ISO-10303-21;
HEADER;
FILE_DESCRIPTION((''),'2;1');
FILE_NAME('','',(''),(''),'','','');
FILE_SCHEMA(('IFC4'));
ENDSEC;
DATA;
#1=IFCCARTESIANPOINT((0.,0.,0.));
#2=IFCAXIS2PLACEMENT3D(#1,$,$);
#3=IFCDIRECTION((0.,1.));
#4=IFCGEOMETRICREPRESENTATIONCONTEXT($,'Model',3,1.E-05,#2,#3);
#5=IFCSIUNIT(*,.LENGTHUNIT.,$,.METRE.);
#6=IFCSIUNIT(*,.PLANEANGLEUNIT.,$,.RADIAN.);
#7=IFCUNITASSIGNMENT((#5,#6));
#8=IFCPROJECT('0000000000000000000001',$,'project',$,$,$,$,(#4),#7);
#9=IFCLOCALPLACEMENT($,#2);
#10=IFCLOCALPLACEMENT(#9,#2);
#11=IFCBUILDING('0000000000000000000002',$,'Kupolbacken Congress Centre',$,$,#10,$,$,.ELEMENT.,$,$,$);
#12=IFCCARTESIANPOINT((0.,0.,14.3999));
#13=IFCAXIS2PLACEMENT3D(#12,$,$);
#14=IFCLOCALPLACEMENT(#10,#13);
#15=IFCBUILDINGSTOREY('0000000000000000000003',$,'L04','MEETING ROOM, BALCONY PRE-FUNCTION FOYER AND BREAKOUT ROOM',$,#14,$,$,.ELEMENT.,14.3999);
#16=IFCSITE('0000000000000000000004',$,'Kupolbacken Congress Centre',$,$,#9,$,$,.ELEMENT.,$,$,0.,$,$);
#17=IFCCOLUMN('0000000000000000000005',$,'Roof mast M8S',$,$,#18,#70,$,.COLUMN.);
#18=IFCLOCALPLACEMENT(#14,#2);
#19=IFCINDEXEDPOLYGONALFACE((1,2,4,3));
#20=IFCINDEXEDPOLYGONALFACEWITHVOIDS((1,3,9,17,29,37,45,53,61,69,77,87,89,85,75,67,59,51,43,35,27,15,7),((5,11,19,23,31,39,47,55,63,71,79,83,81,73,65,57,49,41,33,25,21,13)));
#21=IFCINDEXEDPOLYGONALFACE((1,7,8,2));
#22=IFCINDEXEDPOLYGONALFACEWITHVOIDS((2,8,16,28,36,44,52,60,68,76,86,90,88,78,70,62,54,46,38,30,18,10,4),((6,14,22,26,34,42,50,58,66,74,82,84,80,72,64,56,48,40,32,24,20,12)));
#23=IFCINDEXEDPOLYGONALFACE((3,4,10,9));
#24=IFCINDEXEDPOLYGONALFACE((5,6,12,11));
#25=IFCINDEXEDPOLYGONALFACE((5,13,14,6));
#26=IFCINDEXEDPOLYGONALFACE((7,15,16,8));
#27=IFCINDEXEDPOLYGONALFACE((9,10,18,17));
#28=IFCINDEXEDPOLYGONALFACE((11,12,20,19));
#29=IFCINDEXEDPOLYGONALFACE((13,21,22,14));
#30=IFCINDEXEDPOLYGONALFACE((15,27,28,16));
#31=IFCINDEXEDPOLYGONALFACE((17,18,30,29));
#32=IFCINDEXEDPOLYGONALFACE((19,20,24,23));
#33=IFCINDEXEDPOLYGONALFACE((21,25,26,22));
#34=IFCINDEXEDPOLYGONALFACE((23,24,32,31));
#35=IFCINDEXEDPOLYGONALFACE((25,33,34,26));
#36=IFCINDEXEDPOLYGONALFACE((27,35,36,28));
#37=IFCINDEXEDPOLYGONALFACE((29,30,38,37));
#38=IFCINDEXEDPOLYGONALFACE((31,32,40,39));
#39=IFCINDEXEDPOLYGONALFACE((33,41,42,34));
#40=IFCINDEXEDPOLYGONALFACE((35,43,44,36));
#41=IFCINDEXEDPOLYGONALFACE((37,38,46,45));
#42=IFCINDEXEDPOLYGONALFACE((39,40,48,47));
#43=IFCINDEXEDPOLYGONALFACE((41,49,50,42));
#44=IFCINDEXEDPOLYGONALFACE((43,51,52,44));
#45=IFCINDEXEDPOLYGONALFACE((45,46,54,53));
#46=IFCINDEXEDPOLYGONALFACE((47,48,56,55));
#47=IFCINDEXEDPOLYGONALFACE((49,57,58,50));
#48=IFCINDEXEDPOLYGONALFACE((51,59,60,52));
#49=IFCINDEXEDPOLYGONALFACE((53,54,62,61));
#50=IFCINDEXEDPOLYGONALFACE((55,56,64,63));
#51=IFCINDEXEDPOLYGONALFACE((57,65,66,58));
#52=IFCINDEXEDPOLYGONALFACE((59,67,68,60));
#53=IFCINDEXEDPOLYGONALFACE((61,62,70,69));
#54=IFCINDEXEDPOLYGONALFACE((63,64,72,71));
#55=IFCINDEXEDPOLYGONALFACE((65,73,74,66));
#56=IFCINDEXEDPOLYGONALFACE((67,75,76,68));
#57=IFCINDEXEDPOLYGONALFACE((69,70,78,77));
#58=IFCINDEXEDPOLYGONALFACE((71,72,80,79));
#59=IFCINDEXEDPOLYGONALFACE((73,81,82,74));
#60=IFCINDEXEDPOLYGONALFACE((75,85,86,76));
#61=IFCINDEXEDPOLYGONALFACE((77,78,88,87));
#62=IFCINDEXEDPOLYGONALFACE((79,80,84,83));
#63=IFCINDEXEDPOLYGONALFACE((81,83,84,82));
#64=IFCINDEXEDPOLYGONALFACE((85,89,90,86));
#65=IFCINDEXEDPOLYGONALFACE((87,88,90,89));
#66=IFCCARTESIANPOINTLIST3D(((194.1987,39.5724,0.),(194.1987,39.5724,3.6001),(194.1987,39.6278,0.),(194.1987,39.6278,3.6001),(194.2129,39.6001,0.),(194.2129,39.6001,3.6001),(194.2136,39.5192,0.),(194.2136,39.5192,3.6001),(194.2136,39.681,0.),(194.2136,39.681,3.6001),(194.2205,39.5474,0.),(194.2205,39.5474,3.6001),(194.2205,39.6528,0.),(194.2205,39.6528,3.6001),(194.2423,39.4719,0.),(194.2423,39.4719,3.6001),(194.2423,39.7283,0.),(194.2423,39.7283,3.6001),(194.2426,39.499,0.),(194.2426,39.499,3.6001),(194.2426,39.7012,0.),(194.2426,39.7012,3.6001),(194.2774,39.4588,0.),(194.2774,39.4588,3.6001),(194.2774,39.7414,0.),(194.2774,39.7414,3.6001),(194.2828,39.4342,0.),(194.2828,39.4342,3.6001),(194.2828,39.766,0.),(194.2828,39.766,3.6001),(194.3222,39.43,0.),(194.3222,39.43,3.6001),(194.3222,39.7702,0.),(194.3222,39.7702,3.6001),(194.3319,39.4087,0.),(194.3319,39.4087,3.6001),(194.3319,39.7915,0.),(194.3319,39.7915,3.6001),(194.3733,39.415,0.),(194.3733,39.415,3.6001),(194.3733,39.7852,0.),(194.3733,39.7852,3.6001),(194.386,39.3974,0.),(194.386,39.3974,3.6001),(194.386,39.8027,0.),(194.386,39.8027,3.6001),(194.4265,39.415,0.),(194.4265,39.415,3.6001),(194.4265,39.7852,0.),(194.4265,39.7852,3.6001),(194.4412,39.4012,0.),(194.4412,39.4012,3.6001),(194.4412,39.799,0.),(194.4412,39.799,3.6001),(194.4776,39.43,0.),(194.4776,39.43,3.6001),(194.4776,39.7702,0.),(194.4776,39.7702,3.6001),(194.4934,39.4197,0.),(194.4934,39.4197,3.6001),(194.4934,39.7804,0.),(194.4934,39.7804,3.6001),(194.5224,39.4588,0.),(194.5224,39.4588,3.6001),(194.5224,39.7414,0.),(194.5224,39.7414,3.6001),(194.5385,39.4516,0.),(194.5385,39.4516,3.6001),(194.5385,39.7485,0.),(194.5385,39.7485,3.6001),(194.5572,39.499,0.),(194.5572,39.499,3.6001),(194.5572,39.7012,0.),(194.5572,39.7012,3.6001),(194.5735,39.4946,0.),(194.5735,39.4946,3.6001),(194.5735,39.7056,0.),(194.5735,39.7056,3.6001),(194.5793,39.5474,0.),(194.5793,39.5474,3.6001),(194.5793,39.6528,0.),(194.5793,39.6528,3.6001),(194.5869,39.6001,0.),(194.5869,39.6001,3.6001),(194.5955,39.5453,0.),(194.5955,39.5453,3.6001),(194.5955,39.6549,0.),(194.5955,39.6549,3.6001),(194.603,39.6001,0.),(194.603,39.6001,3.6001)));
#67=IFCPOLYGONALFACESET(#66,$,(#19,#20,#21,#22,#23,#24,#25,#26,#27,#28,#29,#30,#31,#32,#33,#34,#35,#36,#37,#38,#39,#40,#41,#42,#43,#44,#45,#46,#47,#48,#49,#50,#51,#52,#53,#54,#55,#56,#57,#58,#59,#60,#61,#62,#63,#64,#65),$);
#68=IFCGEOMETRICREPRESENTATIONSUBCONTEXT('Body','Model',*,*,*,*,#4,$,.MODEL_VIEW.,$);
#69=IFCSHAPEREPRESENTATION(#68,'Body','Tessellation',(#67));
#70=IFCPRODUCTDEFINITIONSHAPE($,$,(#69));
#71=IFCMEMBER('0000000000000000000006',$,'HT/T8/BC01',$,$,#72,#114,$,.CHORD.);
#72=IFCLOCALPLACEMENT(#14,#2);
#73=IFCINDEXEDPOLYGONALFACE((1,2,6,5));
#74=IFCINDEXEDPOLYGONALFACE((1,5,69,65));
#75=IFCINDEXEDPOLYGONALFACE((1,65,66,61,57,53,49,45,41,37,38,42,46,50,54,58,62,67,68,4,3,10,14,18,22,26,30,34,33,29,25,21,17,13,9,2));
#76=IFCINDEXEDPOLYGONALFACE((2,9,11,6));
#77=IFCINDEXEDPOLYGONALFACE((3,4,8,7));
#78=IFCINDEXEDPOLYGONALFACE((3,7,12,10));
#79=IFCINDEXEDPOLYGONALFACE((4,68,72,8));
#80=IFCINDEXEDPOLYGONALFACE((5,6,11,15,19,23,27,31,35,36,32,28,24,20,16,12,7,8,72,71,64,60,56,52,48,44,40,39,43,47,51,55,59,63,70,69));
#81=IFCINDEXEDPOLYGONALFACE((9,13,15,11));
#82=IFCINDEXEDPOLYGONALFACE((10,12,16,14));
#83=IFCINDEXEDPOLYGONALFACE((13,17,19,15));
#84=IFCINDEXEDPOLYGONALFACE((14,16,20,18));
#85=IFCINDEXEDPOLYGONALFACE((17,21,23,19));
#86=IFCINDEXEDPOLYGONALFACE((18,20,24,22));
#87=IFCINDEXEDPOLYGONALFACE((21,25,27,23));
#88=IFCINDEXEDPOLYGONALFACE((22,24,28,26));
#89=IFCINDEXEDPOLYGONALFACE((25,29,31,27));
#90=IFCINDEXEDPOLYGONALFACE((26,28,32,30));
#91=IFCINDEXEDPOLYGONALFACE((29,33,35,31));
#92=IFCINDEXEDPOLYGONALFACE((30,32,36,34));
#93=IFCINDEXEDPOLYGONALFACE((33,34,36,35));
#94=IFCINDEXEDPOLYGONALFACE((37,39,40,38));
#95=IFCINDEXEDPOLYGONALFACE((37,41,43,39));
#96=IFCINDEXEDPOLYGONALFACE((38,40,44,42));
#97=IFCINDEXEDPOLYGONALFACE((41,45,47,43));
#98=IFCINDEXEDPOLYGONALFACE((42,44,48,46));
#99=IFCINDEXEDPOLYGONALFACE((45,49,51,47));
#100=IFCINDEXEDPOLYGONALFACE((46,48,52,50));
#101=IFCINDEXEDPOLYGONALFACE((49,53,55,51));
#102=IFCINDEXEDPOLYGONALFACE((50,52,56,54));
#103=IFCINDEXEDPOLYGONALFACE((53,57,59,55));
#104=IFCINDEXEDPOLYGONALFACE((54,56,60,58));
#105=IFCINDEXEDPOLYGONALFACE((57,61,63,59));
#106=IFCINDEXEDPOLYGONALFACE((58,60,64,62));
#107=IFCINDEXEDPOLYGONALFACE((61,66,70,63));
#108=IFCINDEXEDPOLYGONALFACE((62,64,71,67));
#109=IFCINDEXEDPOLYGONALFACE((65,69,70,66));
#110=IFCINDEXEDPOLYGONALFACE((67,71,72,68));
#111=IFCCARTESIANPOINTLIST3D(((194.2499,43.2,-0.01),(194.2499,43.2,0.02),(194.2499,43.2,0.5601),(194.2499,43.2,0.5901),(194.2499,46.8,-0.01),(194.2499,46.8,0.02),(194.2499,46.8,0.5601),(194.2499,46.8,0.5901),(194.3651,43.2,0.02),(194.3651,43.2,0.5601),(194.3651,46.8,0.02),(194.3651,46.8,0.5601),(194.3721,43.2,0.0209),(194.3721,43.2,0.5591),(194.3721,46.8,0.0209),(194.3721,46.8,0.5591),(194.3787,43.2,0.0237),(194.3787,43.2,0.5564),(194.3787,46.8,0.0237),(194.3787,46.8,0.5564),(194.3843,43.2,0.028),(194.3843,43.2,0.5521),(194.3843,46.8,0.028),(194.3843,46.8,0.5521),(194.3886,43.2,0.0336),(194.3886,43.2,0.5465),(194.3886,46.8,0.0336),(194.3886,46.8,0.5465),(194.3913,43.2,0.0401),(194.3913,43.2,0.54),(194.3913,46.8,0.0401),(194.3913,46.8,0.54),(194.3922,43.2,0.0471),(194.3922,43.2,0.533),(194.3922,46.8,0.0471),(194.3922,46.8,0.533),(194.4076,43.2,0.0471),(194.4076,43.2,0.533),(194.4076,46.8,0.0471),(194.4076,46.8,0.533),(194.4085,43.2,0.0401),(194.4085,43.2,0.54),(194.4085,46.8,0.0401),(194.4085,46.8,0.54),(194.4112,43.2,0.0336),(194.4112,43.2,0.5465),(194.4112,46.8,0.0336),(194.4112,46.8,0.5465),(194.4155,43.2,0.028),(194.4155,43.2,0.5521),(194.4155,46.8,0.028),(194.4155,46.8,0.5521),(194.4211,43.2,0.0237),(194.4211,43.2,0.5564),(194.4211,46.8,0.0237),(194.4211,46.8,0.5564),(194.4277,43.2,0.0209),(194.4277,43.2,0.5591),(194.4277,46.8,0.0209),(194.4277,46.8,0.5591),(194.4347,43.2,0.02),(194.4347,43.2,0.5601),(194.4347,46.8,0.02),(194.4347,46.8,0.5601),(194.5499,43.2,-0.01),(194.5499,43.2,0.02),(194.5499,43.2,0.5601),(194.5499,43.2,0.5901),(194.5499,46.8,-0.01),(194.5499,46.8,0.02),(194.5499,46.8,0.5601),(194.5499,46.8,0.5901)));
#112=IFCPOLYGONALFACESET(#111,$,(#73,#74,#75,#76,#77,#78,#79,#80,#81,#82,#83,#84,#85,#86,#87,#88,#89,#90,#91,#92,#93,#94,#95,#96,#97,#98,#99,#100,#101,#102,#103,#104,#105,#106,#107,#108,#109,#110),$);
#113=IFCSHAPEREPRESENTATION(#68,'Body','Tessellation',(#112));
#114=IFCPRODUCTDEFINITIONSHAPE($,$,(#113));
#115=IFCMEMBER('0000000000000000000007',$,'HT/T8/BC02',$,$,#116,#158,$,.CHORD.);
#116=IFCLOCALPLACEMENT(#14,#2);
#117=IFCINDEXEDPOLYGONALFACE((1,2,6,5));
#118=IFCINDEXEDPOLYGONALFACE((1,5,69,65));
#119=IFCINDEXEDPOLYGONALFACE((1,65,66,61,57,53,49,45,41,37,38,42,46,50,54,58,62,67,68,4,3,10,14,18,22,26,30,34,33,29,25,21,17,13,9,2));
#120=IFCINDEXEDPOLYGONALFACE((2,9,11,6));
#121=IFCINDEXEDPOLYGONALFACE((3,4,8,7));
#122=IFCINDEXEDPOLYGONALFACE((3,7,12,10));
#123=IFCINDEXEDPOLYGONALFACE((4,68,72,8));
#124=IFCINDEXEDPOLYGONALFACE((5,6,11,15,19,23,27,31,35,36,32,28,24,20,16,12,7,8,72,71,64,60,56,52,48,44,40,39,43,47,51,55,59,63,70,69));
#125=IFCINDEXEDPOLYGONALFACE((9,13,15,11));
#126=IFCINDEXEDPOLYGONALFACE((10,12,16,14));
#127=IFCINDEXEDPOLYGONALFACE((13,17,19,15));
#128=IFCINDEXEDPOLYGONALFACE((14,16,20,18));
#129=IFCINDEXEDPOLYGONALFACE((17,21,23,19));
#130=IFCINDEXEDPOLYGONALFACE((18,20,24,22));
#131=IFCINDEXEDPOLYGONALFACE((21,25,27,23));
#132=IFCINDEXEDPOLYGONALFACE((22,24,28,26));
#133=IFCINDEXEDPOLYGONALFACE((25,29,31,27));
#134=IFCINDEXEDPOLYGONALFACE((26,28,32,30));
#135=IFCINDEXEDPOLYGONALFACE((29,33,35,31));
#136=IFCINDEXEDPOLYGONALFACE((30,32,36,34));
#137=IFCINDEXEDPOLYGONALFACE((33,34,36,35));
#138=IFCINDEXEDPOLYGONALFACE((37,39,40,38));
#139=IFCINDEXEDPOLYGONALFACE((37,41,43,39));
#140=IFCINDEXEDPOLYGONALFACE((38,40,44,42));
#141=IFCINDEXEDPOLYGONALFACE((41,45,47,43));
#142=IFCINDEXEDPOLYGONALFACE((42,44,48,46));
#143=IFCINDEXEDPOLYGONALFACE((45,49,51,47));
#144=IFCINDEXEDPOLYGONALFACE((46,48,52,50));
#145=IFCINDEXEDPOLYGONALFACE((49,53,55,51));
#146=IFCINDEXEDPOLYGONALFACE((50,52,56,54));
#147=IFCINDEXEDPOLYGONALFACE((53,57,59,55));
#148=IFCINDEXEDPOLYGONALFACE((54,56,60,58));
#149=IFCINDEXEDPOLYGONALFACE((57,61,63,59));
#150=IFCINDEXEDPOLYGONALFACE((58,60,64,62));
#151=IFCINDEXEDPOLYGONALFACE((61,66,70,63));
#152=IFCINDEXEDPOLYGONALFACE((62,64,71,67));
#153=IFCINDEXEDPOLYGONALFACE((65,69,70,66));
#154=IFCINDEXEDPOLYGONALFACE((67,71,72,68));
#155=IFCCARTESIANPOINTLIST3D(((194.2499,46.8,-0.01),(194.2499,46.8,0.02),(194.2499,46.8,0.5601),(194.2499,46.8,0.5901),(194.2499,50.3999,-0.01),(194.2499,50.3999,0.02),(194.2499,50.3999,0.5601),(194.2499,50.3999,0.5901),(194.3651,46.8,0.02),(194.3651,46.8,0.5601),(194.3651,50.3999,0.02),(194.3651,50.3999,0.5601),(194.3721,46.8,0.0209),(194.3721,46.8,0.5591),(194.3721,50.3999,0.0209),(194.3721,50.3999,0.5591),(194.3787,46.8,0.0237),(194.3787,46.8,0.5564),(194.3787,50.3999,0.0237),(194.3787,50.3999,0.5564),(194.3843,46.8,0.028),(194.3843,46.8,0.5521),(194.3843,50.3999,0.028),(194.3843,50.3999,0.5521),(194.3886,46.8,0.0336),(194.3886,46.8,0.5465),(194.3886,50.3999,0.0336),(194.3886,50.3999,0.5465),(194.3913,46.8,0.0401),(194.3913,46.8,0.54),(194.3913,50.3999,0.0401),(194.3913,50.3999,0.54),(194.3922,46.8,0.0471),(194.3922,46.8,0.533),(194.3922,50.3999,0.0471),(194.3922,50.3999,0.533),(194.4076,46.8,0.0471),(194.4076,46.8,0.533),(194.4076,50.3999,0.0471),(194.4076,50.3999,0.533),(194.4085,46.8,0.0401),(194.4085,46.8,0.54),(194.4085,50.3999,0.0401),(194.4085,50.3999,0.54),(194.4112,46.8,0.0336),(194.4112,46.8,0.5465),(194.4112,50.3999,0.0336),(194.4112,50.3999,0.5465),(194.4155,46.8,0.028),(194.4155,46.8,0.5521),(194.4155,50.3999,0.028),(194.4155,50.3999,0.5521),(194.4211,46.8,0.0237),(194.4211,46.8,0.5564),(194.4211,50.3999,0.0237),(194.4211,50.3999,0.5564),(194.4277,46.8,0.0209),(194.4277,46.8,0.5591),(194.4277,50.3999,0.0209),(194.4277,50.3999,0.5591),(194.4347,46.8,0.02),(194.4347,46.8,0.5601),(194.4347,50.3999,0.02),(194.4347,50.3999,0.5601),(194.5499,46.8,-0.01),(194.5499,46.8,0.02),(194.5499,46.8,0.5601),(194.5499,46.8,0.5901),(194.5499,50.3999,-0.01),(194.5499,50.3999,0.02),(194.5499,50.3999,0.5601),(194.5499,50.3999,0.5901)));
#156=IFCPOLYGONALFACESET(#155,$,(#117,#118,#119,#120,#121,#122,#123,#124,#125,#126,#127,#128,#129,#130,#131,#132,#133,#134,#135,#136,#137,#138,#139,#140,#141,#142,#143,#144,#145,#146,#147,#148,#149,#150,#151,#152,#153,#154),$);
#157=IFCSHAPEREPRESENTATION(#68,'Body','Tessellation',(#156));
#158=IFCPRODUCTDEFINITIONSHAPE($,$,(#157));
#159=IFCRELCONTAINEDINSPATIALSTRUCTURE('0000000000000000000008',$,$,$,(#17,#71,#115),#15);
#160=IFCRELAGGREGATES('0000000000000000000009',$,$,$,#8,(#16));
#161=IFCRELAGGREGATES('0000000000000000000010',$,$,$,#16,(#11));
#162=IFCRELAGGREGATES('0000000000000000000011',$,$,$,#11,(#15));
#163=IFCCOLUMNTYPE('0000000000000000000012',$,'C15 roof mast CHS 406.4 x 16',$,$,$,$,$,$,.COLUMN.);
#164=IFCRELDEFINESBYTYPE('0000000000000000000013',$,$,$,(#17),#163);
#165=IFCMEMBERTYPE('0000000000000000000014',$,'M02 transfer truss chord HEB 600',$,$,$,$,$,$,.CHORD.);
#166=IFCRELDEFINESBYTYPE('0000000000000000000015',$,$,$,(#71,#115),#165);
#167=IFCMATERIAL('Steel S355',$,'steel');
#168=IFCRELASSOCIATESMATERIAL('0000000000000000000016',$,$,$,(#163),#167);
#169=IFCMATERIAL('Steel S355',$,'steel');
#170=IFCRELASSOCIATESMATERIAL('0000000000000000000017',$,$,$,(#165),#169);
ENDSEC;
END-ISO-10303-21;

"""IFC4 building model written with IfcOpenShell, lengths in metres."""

from ifc_helpers import new_model, si_unit, direction, frame, origin, origin_2d, place, context, subcontext, project, spatial, hollow_circle, i_section, extrude, material, material_profile, profile_set, type_object, element, save


model = new_model("IFC4")

# Units and contexts
model_context = context("Model", 3, precision=1e-05, world=origin(), true_north=direction((0.0, 1.0)))
body_context = subcontext(model_context, "Body", "Model", "MODEL_VIEW")
ifc_project = project(units=[si_unit("LENGTHUNIT", "METRE"), si_unit("PLANEANGLEUNIT", "RADIAN")], contexts=[model_context])

# Site, building, storey
site_placement = place(None, origin())
site = spatial("IfcSite", under=ifc_project, at=site_placement, Name="Kupolbacken Congress Centre", CompositionType="ELEMENT", RefElevation=0.0)
building_placement = place(site_placement, origin())
building = spatial("IfcBuilding", under=site, at=building_placement, Name="Kupolbacken Congress Centre", CompositionType="ELEMENT")
storey_placement = place(building_placement, frame((0.0, 0.0, 14.3999)))
storey = spatial("IfcBuildingStorey", under=building, at=storey_placement, Name="L04", Description="MEETING ROOM, BALCONY PRE-FUNCTION FOYER AND BREAKOUT ROOM", CompositionType="ELEMENT", Elevation=14.3999)

# Column
ifc_material_1 = material(Name="Steel S355", Category="steel")
ifc_material_profile_1 = material_profile(ifc_material_1, hollow_circle(Radius=0.2031, WallThickness=0.0161, at=origin_2d()), Name="CHS 406.4 x 16")
ifc_profile_set_1 = profile_set([ifc_material_profile_1], Name="Steel S355")
column_type = type_object("IfcColumnType", Name="C15 roof mast CHS 406.4 x 16", PredefinedType="COLUMN", material=ifc_profile_set_1)
column_placement = place(storey_placement, frame((194.3999, 39.6001, 0.0), z_axis=(0.0, 0.0, 1.0), x_axis=(1.0, 0.0, 0.0)))
element("IfcColumn", 1, at=column_placement, inside=storey, type_object=column_type, Name="Roof mast M8S", PredefinedType="COLUMN", context=body_context, shape_type="SweptSolid", body=[
    extrude(hollow_circle(Radius=0.2031, WallThickness=0.0161, at=origin_2d()), origin(), (0.0, 0.0, 1.0), 3.6001),
])

# Members
ifc_material_2 = material(Name="Steel S355", Category="steel")
ifc_material_profile_2 = material_profile(ifc_material_2, i_section(OverallWidth=0.3, OverallDepth=0.6001, WebThickness=0.0154, FlangeThickness=0.03, FilletRadius=0.0271, at=origin_2d()), Name="HEB 600")
ifc_profile_set_2 = profile_set([ifc_material_profile_2], Name="Steel S355")
member_type_1 = type_object("IfcMemberType", Name="M02 transfer truss chord HEB 600", PredefinedType="CHORD", material=ifc_profile_set_2)
member_1_placement = place(storey_placement, frame((194.3999, 43.2, 0.29), z_axis=(0.0, 1.0, 0.0), x_axis=(-1.0, 0.0, 0.0)))
element("IfcMember", 2, at=member_1_placement, inside=storey, type_object=member_type_1, Name="HT/T8/BC01", PredefinedType="CHORD", context=body_context, shape_type="SweptSolid", body=[
    extrude(i_section(OverallWidth=0.3, OverallDepth=0.6001, WebThickness=0.0154, FlangeThickness=0.03, FilletRadius=0.0271, at=origin_2d()), origin(), (0.0, 0.0, 1.0), 3.6001),
])
member_2_placement = place(storey_placement, frame((194.3999, 46.8, 0.29), z_axis=(0.0, 1.0, 0.0), x_axis=(-1.0, 0.0, 0.0)))
element("IfcMember", 3, at=member_2_placement, inside=storey, type_object=member_type_1, Name="HT/T8/BC02", PredefinedType="CHORD", context=body_context, shape_type="SweptSolid", body=[
    extrude(i_section(OverallWidth=0.3, OverallDepth=0.6001, WebThickness=0.0154, FlangeThickness=0.03, FilletRadius=0.0271, at=origin_2d()), origin(), (0.0, 0.0, 1.0), 3.5999),
])

save(model, "model.ifc")
